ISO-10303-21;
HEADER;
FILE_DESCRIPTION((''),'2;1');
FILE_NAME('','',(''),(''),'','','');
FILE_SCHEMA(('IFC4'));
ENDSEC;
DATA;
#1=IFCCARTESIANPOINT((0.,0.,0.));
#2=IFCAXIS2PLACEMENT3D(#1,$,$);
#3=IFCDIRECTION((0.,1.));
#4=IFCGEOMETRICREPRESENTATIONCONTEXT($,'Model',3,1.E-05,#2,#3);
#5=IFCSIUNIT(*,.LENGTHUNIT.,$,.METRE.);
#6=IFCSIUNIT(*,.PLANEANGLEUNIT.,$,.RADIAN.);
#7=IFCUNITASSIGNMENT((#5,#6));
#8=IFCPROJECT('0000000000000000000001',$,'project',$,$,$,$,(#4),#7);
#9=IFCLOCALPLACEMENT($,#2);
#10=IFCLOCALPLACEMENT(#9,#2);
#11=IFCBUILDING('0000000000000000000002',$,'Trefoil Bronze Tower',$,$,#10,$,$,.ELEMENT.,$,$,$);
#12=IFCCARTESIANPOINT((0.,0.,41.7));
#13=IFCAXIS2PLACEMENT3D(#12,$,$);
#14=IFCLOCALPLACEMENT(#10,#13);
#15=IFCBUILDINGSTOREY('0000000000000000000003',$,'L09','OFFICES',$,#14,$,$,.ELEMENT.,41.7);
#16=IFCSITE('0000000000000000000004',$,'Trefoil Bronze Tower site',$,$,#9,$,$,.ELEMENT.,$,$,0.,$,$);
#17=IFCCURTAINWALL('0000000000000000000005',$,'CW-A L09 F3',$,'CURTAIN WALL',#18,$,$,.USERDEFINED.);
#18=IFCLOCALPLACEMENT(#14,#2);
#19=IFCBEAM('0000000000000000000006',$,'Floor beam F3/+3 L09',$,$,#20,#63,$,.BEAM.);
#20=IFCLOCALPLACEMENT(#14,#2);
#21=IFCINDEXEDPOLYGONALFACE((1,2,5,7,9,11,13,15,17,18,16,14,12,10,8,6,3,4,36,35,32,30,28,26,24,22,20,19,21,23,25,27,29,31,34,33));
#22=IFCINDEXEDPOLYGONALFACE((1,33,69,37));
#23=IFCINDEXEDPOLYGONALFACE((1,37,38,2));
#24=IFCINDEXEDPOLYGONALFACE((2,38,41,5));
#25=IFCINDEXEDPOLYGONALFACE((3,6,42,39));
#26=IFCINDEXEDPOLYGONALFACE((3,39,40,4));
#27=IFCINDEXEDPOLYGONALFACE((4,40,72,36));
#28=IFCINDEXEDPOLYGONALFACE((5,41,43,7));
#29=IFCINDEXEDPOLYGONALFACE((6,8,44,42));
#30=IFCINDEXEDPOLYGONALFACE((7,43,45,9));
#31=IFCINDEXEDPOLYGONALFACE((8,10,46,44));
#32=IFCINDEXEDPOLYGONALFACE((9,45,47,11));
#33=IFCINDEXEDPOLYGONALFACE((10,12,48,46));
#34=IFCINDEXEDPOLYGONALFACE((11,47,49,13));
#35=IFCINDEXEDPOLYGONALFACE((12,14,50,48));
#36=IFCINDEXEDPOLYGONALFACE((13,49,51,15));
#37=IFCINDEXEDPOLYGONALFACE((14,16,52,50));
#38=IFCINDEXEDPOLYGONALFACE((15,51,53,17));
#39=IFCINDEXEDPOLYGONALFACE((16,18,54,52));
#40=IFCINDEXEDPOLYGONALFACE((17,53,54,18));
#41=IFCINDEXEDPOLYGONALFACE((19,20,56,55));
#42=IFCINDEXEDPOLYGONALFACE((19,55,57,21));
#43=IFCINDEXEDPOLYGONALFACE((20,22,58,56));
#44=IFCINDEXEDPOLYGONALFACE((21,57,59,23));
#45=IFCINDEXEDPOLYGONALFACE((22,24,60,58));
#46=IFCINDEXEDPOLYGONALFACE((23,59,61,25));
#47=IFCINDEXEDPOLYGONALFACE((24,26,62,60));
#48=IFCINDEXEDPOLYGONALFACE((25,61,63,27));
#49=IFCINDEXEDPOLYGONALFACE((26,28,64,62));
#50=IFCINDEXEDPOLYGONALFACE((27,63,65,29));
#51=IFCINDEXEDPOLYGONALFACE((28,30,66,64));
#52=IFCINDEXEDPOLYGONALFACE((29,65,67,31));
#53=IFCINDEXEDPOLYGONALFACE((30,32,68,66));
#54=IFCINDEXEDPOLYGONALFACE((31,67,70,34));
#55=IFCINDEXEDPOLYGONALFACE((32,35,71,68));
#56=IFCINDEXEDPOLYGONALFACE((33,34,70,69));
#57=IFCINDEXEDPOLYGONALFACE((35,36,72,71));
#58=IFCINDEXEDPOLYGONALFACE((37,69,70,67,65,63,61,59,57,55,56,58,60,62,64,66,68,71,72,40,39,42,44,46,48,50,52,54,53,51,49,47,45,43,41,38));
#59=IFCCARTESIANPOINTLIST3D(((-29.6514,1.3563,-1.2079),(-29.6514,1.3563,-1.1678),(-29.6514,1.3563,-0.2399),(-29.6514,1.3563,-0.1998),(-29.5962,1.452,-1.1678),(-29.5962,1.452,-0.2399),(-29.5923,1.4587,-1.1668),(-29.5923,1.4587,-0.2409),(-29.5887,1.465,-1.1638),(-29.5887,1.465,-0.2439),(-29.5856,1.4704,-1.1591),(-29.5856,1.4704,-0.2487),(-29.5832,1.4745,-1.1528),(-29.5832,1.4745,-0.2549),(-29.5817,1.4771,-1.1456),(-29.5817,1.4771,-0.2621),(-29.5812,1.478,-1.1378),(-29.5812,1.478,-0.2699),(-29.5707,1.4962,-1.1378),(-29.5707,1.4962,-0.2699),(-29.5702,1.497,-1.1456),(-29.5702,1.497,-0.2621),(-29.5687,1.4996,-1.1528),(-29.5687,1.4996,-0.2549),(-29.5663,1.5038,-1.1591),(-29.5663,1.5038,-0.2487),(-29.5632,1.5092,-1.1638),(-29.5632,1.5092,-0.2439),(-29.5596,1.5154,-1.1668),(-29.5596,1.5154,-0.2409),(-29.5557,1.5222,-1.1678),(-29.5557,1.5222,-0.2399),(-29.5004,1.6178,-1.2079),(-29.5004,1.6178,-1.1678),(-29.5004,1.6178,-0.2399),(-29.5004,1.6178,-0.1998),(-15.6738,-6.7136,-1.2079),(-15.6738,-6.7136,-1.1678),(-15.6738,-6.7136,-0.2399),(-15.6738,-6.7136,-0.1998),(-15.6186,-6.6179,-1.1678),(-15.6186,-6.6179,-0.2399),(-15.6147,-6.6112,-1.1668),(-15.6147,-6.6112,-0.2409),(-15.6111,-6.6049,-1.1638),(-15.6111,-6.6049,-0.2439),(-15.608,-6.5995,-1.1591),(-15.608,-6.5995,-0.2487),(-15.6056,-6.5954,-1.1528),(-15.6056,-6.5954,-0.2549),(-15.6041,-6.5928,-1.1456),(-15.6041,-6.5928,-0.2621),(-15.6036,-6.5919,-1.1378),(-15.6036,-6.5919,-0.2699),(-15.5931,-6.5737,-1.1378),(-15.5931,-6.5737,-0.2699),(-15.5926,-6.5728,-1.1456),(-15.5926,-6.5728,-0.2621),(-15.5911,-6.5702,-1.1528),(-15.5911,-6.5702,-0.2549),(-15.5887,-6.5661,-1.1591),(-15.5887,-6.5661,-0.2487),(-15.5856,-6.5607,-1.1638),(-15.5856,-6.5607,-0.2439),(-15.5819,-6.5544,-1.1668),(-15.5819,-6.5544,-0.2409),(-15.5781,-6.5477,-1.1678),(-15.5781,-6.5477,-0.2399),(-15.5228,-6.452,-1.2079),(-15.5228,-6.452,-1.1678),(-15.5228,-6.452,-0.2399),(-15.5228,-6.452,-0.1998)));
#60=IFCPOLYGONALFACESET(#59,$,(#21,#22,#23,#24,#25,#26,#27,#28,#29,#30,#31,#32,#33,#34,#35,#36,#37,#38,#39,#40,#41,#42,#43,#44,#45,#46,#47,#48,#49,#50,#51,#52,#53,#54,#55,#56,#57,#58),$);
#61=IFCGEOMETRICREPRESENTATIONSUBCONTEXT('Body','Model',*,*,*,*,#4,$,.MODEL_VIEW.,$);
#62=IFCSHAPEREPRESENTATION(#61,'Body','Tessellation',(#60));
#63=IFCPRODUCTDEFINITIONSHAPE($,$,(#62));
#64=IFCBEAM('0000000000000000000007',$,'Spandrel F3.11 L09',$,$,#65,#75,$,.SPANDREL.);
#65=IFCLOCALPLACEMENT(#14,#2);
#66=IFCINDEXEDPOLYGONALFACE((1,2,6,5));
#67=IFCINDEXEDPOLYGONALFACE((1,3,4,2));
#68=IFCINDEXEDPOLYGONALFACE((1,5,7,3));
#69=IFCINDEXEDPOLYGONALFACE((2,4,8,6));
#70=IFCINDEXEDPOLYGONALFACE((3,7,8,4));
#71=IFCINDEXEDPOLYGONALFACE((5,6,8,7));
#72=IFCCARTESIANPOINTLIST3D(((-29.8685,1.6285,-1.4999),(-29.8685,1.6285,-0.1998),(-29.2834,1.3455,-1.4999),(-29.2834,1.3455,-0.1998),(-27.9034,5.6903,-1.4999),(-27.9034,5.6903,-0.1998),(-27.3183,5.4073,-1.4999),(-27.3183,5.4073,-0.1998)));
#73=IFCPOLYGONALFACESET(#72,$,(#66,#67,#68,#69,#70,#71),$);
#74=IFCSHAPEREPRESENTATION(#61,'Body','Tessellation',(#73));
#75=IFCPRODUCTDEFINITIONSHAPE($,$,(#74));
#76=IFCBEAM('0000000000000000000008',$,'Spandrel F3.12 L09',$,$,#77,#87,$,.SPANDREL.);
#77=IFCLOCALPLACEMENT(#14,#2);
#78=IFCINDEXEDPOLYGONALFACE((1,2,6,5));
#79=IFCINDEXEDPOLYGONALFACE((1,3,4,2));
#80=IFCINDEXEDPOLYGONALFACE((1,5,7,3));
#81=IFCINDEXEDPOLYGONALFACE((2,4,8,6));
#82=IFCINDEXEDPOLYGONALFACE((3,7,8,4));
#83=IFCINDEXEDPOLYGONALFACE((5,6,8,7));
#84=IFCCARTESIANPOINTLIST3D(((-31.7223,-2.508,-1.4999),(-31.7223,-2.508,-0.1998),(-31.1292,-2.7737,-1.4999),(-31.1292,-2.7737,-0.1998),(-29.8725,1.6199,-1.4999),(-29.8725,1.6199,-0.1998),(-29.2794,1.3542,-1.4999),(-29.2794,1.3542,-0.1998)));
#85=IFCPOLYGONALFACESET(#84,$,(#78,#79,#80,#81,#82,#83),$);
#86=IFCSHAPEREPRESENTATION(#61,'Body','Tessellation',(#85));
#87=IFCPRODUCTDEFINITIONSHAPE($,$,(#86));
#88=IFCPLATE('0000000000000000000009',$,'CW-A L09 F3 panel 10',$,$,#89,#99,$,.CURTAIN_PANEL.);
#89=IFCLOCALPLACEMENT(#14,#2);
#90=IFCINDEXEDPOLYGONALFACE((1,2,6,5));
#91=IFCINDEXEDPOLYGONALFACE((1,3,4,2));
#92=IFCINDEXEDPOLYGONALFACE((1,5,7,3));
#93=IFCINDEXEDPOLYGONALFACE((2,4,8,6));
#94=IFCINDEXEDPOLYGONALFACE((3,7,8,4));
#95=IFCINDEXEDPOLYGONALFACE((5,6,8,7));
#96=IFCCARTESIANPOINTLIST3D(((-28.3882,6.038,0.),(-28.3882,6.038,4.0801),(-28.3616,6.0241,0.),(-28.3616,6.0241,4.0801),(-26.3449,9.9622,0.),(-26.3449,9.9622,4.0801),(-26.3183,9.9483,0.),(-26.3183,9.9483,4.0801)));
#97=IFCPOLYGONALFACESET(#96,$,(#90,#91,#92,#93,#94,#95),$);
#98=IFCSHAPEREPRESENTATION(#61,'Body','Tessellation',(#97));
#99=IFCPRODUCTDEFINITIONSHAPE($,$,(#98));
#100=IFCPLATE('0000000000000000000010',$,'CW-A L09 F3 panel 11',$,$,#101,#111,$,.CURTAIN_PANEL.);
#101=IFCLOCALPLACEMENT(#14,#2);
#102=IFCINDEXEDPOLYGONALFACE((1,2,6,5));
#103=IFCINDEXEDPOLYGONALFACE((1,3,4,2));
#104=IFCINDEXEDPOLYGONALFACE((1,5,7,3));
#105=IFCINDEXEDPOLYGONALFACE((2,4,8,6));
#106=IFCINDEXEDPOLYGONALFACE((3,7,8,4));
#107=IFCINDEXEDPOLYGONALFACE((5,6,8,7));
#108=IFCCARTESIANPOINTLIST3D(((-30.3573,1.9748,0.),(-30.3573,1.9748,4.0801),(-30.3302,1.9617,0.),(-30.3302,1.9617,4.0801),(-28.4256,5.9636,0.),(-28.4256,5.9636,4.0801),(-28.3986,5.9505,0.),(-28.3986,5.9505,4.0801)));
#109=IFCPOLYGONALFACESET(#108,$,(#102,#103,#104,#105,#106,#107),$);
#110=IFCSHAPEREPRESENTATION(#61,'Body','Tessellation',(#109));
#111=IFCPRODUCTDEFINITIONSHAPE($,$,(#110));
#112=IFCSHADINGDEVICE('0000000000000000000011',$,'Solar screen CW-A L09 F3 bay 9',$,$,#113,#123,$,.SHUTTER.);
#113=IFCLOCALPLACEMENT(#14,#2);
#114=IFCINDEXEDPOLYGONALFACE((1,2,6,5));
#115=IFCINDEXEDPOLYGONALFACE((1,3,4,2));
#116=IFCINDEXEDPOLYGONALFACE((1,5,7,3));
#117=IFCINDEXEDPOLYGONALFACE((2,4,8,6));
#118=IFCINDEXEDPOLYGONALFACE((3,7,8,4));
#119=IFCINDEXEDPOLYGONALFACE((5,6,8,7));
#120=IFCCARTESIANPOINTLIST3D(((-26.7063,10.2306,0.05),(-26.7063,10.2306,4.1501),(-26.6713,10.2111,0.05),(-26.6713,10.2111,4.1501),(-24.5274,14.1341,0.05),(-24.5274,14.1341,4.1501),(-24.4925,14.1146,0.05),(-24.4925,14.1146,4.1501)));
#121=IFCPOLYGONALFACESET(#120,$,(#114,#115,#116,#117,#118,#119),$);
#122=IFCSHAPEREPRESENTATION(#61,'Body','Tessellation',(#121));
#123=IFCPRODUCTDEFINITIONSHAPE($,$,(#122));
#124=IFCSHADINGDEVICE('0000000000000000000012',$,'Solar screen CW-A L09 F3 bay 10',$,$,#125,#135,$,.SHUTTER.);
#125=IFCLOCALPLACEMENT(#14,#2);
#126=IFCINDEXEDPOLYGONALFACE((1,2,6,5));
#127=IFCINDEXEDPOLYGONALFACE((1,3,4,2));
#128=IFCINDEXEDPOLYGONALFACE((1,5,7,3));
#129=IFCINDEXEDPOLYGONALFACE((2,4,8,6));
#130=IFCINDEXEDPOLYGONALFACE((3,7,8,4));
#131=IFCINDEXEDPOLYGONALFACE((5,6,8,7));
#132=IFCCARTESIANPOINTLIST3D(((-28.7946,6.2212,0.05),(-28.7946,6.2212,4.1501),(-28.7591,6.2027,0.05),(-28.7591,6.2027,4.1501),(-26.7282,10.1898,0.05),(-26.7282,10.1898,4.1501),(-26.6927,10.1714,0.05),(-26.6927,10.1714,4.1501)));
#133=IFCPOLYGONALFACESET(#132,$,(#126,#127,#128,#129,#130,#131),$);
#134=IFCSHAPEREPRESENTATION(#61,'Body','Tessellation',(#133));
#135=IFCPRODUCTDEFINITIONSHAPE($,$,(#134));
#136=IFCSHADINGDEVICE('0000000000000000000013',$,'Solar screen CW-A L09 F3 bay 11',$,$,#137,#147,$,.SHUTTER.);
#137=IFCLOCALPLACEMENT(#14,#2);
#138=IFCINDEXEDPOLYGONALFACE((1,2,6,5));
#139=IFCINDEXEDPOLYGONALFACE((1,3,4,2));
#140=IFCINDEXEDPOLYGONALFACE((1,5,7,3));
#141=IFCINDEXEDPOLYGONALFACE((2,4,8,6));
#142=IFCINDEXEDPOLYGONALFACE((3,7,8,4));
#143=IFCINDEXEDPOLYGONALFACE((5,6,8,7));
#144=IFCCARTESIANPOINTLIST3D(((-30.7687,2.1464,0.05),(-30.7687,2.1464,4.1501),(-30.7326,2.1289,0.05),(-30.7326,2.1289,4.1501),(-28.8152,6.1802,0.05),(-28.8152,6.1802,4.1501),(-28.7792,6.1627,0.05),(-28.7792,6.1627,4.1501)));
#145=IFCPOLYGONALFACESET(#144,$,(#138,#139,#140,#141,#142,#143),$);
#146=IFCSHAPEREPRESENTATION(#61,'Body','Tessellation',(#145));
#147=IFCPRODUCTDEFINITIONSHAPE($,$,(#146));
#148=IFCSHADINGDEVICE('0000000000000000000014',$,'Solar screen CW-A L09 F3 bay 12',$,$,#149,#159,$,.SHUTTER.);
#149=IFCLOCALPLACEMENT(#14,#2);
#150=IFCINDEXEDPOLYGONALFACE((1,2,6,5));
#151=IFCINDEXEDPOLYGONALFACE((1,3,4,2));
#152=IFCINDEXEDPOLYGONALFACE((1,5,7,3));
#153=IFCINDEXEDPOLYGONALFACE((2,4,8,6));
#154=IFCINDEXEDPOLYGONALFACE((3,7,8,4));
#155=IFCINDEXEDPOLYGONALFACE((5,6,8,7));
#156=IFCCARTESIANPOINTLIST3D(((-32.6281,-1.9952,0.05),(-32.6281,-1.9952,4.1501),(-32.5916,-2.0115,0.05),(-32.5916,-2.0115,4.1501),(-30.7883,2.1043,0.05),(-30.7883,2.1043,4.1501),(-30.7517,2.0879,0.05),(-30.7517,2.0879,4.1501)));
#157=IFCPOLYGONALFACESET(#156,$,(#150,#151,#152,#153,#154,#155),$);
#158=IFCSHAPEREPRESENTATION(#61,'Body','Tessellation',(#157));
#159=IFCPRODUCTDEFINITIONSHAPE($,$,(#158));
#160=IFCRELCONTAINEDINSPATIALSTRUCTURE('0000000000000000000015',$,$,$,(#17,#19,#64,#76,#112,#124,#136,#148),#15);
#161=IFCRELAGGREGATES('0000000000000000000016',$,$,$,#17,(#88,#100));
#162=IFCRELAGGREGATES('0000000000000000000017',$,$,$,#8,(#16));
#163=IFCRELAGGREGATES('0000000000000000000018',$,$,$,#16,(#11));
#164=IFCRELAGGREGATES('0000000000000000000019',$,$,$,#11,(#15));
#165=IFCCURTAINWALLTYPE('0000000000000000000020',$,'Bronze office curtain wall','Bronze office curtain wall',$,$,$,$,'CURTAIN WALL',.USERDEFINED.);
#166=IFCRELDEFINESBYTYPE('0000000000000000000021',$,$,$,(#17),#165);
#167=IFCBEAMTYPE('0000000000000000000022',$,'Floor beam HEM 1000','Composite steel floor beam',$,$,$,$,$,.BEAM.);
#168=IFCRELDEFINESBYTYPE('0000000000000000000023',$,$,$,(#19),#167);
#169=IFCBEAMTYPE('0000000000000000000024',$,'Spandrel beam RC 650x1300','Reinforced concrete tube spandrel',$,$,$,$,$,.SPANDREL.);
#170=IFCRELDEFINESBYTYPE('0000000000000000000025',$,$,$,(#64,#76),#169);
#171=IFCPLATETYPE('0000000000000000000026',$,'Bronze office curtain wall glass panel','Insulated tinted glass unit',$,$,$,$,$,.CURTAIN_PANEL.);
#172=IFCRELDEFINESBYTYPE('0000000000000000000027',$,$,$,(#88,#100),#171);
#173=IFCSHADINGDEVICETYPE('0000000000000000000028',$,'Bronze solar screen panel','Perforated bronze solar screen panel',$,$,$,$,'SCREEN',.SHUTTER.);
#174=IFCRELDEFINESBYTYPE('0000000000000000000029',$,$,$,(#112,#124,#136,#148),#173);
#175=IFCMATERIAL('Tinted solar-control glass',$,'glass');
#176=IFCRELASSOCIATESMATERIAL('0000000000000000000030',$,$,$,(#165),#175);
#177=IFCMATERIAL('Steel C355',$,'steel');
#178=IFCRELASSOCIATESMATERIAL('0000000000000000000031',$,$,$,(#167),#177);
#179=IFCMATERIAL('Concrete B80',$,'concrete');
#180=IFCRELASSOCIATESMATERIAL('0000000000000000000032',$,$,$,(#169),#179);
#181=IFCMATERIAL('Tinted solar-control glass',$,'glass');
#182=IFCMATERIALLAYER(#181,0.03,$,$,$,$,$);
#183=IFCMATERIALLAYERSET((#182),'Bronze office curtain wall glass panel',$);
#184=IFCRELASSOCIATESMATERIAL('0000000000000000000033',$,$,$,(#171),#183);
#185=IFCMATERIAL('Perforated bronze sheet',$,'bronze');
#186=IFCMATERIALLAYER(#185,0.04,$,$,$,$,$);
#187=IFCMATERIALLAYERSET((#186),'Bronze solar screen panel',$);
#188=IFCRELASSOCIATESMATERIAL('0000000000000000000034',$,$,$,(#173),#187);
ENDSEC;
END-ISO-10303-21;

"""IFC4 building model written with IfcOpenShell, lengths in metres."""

from ifc_helpers import new_model, si_unit, direction, frame, origin, origin_2d, place, context, subcontext, project, spatial, rectangle, i_section, extrude, material, layer, layer_set, material_profile, profile_set, type_object, element, aggregate, save


model = new_model("IFC4")

# Units and contexts
model_context = context("Model", 3, precision=1e-05, world=origin(), true_north=direction((0.0, 1.0)))
body_context = subcontext(model_context, "Body", "Model", "MODEL_VIEW")
ifc_project = project(units=[si_unit("LENGTHUNIT", "METRE"), si_unit("PLANEANGLEUNIT", "RADIAN")], contexts=[model_context])

# Site, building, storey
site_placement = place(None, origin())
site = spatial("IfcSite", under=ifc_project, at=site_placement, Name="Trefoil Bronze Tower site", CompositionType="ELEMENT", RefElevation=0.0)
building_placement = place(site_placement, origin())
building = spatial("IfcBuilding", under=site, at=building_placement, Name="Trefoil Bronze Tower", CompositionType="ELEMENT")
storey_placement = place(building_placement, frame((0.0, 0.0, 41.7)))
storey = spatial("IfcBuildingStorey", under=building, at=storey_placement, Name="L09", Description="OFFICES", CompositionType="ELEMENT", Elevation=41.7)

# Curtain wall
ifc_material_1 = material(Name="Tinted solar-control glass", Category="glass")
curtain_wall_type = type_object("IfcCurtainWallType", Name="Bronze office curtain wall", Description="Bronze office curtain wall", ElementType="CURTAIN WALL", PredefinedType="USERDEFINED", material=ifc_material_1)
curtain_wall_placement = place(storey_placement, origin())
curtain_wall = element("IfcCurtainWall", 1, at=curtain_wall_placement, inside=storey, type_object=curtain_wall_type, Name="CW-A L09 F3", ObjectType="CURTAIN WALL", PredefinedType="USERDEFINED")

# Beams
ifc_material_2 = material(Name="Steel C355", Category="steel")
ifc_material_profile_1 = material_profile(ifc_material_2, i_section(OverallWidth=0.302, OverallDepth=1.0081, WebThickness=0.021, FlangeThickness=0.04, FilletRadius=0.03, at=origin_2d()), Name="HEM 1000")
ifc_profile_set_1 = profile_set([ifc_material_profile_1], Name="Steel C355")
beam_type_1 = type_object("IfcBeamType", Name="Floor beam HEM 1000", Description="Composite steel floor beam", PredefinedType="BEAM", material=ifc_profile_set_1)
beam_1_placement = place(storey_placement, frame((-29.5759, 1.4871, -0.7039), z_axis=(0.866028, -0.499995, 0.0), x_axis=(0.499995, 0.866028, 0.0)))
element("IfcBeam", 2, at=beam_1_placement, inside=storey, type_object=beam_type_1, Name="Floor beam F3/+3 L09", PredefinedType="BEAM", context=body_context, shape_type="SweptSolid", body=[
    extrude(i_section(OverallWidth=0.302, OverallDepth=1.0081, WebThickness=0.021, FlangeThickness=0.04, FilletRadius=0.03, at=origin_2d()), origin(), (0.0, 0.0, 1.0), 16.1399),
])
ifc_material_3 = material(Name="Concrete B80", Category="concrete")
ifc_material_profile_2 = material_profile(ifc_material_3, rectangle(XDim=0.6499, YDim=1.3, at=origin_2d()), Name="RC 650x1300")
ifc_profile_set_2 = profile_set([ifc_material_profile_2], Name="Concrete B80")
beam_type_2 = type_object("IfcBeamType", Name="Spandrel beam RC 650x1300", Description="Reinforced concrete tube spandrel", PredefinedType="SPANDREL", material=ifc_profile_set_2)
beam_2_placement = place(storey_placement, frame((-27.6108, 5.5488, -0.8499), z_axis=(-0.43551, -0.900184, 0.0), x_axis=(0.900184, -0.43551, 0.0)))
element("IfcBeam", 3, at=beam_2_placement, inside=storey, type_object=beam_type_2, Name="Spandrel F3.11 L09", PredefinedType="SPANDREL", context=body_context, shape_type="SweptSolid", body=[
    extrude(rectangle(XDim=0.6499, YDim=1.3, at=origin_2d()), origin(), (0.0, 0.0, 1.0), 4.5122),
])
beam_3_placement = place(storey_placement, frame((-29.5759, 1.4871, -0.8499), z_axis=(-0.408946, -0.912559, 0.0), x_axis=(0.912559, -0.408946, 0.0)))
element("IfcBeam", 4, at=beam_3_placement, inside=storey, type_object=beam_type_2, Name="Spandrel F3.12 L09", PredefinedType="SPANDREL", context=body_context, shape_type="SweptSolid", body=[
    extrude(rectangle(XDim=0.6499, YDim=1.3, at=origin_2d()), origin(), (0.0, 0.0, 1.0), 4.5234),
])

# Plates
ifc_material_4 = material(Name="Tinted solar-control glass", Category="glass")
ifc_layer_1 = layer(ifc_material_4, 0.03)
ifc_layer_set_1 = layer_set([ifc_layer_1], Name="Bronze office curtain wall glass panel")
plate_type = type_object("IfcPlateType", Name="Bronze office curtain wall glass panel", Description="Insulated tinted glass unit", PredefinedType="CURTAIN_PANEL", material=ifc_layer_set_1)
plate_1_placement = place(storey_placement, frame((-27.3533, 7.9932, 0.0), z_axis=(0.0, 0.0, 1.0), x_axis=(-0.46183, -0.886969, 0.0)))
plate_1 = element("IfcPlate", 5, at=plate_1_placement, type_object=plate_type, Name="CW-A L09 F3 panel 10", PredefinedType="CURTAIN_PANEL", context=body_context, shape_type="SweptSolid", body=[
    extrude(rectangle(XDim=4.4243, YDim=0.03, at=origin_2d()), origin(), (0.0, 0.0, 1.0), 4.0801),
])
plate_2_placement = place(storey_placement, frame((-29.3779, 3.9626, 0.0), z_axis=(0.0, 0.0, 1.0), x_axis=(-0.435855, -0.900017, 0.0)))
plate_2 = element("IfcPlate", 6, at=plate_2_placement, type_object=plate_type, Name="CW-A L09 F3 panel 11", PredefinedType="CURTAIN_PANEL", context=body_context, shape_type="SweptSolid", body=[
    extrude(rectangle(XDim=4.4319, YDim=0.03, at=origin_2d()), origin(), (0.0, 0.0, 1.0), 4.0801),
])
aggregate(curtain_wall, [plate_1, plate_2])

# Shading devices
ifc_material_5 = material(Name="Perforated bronze sheet", Category="bronze")
ifc_layer_2 = layer(ifc_material_5, 0.04)
ifc_layer_set_2 = layer_set([ifc_layer_2], Name="Bronze solar screen panel")
shading_device_type = type_object("IfcShadingDeviceType", Name="Bronze solar screen panel", Description="Perforated bronze solar screen panel", ElementType="SCREEN", PredefinedType="SHUTTER", material=ifc_layer_set_2)
shading_device_1_placement = place(storey_placement, frame((-25.5994, 12.1726, 0.05), z_axis=(0.0, 0.0, 1.0), x_axis=(-0.487382, -0.873189, 0.0)))
element("IfcShadingDevice", 7, at=shading_device_1_placement, inside=storey, type_object=shading_device_type, Name="Solar screen CW-A L09 F3 bay 9", PredefinedType="SHUTTER", context=body_context, shape_type="SweptSolid", body=[
    extrude(rectangle(XDim=4.4705, YDim=0.04, at=origin_2d()), origin(), (0.0, 0.0, 1.0), 4.1001),
])
shading_device_2_placement = place(storey_placement, frame((-27.7437, 8.1963, 0.05), z_axis=(0.0, 0.0, 1.0), x_axis=(-0.46183, -0.886969, 0.0)))
element("IfcShadingDevice", 8, at=shading_device_2_placement, inside=storey, type_object=shading_device_type, Name="Solar screen CW-A L09 F3 bay 10", PredefinedType="SHUTTER", context=body_context, shape_type="SweptSolid", body=[
    extrude(rectangle(XDim=4.4744, YDim=0.04, at=origin_2d()), origin(), (0.0, 0.0, 1.0), 4.1001),
])
shading_device_3_placement = place(storey_placement, frame((-29.7739, 4.1545, 0.05), z_axis=(0.0, 0.0, 1.0), x_axis=(-0.435855, -0.900017, 0.0)))
element("IfcShadingDevice", 9, at=shading_device_3_placement, inside=storey, type_object=shading_device_type, Name="Solar screen CW-A L09 F3 bay 11", PredefinedType="SHUTTER", context=body_context, shape_type="SweptSolid", body=[
    extrude(rectangle(XDim=4.4819, YDim=0.04, at=origin_2d()), origin(), (0.0, 0.0, 1.0), 4.1001),
])
shading_device_4_placement = place(storey_placement, frame((-31.6899, 0.0464, 0.05), z_axis=(0.0, 0.0, 1.0), x_axis=(-0.409456, -0.91233, 0.0)))
element("IfcShadingDevice", 10, at=shading_device_4_placement, inside=storey, type_object=shading_device_type, Name="Solar screen CW-A L09 F3 bay 12", PredefinedType="SHUTTER", context=body_context, shape_type="SweptSolid", body=[
    extrude(rectangle(XDim=4.4934, YDim=0.04, at=origin_2d()), origin(), (0.0, 0.0, 1.0), 4.1001),
])

save(model, "model.ifc")
